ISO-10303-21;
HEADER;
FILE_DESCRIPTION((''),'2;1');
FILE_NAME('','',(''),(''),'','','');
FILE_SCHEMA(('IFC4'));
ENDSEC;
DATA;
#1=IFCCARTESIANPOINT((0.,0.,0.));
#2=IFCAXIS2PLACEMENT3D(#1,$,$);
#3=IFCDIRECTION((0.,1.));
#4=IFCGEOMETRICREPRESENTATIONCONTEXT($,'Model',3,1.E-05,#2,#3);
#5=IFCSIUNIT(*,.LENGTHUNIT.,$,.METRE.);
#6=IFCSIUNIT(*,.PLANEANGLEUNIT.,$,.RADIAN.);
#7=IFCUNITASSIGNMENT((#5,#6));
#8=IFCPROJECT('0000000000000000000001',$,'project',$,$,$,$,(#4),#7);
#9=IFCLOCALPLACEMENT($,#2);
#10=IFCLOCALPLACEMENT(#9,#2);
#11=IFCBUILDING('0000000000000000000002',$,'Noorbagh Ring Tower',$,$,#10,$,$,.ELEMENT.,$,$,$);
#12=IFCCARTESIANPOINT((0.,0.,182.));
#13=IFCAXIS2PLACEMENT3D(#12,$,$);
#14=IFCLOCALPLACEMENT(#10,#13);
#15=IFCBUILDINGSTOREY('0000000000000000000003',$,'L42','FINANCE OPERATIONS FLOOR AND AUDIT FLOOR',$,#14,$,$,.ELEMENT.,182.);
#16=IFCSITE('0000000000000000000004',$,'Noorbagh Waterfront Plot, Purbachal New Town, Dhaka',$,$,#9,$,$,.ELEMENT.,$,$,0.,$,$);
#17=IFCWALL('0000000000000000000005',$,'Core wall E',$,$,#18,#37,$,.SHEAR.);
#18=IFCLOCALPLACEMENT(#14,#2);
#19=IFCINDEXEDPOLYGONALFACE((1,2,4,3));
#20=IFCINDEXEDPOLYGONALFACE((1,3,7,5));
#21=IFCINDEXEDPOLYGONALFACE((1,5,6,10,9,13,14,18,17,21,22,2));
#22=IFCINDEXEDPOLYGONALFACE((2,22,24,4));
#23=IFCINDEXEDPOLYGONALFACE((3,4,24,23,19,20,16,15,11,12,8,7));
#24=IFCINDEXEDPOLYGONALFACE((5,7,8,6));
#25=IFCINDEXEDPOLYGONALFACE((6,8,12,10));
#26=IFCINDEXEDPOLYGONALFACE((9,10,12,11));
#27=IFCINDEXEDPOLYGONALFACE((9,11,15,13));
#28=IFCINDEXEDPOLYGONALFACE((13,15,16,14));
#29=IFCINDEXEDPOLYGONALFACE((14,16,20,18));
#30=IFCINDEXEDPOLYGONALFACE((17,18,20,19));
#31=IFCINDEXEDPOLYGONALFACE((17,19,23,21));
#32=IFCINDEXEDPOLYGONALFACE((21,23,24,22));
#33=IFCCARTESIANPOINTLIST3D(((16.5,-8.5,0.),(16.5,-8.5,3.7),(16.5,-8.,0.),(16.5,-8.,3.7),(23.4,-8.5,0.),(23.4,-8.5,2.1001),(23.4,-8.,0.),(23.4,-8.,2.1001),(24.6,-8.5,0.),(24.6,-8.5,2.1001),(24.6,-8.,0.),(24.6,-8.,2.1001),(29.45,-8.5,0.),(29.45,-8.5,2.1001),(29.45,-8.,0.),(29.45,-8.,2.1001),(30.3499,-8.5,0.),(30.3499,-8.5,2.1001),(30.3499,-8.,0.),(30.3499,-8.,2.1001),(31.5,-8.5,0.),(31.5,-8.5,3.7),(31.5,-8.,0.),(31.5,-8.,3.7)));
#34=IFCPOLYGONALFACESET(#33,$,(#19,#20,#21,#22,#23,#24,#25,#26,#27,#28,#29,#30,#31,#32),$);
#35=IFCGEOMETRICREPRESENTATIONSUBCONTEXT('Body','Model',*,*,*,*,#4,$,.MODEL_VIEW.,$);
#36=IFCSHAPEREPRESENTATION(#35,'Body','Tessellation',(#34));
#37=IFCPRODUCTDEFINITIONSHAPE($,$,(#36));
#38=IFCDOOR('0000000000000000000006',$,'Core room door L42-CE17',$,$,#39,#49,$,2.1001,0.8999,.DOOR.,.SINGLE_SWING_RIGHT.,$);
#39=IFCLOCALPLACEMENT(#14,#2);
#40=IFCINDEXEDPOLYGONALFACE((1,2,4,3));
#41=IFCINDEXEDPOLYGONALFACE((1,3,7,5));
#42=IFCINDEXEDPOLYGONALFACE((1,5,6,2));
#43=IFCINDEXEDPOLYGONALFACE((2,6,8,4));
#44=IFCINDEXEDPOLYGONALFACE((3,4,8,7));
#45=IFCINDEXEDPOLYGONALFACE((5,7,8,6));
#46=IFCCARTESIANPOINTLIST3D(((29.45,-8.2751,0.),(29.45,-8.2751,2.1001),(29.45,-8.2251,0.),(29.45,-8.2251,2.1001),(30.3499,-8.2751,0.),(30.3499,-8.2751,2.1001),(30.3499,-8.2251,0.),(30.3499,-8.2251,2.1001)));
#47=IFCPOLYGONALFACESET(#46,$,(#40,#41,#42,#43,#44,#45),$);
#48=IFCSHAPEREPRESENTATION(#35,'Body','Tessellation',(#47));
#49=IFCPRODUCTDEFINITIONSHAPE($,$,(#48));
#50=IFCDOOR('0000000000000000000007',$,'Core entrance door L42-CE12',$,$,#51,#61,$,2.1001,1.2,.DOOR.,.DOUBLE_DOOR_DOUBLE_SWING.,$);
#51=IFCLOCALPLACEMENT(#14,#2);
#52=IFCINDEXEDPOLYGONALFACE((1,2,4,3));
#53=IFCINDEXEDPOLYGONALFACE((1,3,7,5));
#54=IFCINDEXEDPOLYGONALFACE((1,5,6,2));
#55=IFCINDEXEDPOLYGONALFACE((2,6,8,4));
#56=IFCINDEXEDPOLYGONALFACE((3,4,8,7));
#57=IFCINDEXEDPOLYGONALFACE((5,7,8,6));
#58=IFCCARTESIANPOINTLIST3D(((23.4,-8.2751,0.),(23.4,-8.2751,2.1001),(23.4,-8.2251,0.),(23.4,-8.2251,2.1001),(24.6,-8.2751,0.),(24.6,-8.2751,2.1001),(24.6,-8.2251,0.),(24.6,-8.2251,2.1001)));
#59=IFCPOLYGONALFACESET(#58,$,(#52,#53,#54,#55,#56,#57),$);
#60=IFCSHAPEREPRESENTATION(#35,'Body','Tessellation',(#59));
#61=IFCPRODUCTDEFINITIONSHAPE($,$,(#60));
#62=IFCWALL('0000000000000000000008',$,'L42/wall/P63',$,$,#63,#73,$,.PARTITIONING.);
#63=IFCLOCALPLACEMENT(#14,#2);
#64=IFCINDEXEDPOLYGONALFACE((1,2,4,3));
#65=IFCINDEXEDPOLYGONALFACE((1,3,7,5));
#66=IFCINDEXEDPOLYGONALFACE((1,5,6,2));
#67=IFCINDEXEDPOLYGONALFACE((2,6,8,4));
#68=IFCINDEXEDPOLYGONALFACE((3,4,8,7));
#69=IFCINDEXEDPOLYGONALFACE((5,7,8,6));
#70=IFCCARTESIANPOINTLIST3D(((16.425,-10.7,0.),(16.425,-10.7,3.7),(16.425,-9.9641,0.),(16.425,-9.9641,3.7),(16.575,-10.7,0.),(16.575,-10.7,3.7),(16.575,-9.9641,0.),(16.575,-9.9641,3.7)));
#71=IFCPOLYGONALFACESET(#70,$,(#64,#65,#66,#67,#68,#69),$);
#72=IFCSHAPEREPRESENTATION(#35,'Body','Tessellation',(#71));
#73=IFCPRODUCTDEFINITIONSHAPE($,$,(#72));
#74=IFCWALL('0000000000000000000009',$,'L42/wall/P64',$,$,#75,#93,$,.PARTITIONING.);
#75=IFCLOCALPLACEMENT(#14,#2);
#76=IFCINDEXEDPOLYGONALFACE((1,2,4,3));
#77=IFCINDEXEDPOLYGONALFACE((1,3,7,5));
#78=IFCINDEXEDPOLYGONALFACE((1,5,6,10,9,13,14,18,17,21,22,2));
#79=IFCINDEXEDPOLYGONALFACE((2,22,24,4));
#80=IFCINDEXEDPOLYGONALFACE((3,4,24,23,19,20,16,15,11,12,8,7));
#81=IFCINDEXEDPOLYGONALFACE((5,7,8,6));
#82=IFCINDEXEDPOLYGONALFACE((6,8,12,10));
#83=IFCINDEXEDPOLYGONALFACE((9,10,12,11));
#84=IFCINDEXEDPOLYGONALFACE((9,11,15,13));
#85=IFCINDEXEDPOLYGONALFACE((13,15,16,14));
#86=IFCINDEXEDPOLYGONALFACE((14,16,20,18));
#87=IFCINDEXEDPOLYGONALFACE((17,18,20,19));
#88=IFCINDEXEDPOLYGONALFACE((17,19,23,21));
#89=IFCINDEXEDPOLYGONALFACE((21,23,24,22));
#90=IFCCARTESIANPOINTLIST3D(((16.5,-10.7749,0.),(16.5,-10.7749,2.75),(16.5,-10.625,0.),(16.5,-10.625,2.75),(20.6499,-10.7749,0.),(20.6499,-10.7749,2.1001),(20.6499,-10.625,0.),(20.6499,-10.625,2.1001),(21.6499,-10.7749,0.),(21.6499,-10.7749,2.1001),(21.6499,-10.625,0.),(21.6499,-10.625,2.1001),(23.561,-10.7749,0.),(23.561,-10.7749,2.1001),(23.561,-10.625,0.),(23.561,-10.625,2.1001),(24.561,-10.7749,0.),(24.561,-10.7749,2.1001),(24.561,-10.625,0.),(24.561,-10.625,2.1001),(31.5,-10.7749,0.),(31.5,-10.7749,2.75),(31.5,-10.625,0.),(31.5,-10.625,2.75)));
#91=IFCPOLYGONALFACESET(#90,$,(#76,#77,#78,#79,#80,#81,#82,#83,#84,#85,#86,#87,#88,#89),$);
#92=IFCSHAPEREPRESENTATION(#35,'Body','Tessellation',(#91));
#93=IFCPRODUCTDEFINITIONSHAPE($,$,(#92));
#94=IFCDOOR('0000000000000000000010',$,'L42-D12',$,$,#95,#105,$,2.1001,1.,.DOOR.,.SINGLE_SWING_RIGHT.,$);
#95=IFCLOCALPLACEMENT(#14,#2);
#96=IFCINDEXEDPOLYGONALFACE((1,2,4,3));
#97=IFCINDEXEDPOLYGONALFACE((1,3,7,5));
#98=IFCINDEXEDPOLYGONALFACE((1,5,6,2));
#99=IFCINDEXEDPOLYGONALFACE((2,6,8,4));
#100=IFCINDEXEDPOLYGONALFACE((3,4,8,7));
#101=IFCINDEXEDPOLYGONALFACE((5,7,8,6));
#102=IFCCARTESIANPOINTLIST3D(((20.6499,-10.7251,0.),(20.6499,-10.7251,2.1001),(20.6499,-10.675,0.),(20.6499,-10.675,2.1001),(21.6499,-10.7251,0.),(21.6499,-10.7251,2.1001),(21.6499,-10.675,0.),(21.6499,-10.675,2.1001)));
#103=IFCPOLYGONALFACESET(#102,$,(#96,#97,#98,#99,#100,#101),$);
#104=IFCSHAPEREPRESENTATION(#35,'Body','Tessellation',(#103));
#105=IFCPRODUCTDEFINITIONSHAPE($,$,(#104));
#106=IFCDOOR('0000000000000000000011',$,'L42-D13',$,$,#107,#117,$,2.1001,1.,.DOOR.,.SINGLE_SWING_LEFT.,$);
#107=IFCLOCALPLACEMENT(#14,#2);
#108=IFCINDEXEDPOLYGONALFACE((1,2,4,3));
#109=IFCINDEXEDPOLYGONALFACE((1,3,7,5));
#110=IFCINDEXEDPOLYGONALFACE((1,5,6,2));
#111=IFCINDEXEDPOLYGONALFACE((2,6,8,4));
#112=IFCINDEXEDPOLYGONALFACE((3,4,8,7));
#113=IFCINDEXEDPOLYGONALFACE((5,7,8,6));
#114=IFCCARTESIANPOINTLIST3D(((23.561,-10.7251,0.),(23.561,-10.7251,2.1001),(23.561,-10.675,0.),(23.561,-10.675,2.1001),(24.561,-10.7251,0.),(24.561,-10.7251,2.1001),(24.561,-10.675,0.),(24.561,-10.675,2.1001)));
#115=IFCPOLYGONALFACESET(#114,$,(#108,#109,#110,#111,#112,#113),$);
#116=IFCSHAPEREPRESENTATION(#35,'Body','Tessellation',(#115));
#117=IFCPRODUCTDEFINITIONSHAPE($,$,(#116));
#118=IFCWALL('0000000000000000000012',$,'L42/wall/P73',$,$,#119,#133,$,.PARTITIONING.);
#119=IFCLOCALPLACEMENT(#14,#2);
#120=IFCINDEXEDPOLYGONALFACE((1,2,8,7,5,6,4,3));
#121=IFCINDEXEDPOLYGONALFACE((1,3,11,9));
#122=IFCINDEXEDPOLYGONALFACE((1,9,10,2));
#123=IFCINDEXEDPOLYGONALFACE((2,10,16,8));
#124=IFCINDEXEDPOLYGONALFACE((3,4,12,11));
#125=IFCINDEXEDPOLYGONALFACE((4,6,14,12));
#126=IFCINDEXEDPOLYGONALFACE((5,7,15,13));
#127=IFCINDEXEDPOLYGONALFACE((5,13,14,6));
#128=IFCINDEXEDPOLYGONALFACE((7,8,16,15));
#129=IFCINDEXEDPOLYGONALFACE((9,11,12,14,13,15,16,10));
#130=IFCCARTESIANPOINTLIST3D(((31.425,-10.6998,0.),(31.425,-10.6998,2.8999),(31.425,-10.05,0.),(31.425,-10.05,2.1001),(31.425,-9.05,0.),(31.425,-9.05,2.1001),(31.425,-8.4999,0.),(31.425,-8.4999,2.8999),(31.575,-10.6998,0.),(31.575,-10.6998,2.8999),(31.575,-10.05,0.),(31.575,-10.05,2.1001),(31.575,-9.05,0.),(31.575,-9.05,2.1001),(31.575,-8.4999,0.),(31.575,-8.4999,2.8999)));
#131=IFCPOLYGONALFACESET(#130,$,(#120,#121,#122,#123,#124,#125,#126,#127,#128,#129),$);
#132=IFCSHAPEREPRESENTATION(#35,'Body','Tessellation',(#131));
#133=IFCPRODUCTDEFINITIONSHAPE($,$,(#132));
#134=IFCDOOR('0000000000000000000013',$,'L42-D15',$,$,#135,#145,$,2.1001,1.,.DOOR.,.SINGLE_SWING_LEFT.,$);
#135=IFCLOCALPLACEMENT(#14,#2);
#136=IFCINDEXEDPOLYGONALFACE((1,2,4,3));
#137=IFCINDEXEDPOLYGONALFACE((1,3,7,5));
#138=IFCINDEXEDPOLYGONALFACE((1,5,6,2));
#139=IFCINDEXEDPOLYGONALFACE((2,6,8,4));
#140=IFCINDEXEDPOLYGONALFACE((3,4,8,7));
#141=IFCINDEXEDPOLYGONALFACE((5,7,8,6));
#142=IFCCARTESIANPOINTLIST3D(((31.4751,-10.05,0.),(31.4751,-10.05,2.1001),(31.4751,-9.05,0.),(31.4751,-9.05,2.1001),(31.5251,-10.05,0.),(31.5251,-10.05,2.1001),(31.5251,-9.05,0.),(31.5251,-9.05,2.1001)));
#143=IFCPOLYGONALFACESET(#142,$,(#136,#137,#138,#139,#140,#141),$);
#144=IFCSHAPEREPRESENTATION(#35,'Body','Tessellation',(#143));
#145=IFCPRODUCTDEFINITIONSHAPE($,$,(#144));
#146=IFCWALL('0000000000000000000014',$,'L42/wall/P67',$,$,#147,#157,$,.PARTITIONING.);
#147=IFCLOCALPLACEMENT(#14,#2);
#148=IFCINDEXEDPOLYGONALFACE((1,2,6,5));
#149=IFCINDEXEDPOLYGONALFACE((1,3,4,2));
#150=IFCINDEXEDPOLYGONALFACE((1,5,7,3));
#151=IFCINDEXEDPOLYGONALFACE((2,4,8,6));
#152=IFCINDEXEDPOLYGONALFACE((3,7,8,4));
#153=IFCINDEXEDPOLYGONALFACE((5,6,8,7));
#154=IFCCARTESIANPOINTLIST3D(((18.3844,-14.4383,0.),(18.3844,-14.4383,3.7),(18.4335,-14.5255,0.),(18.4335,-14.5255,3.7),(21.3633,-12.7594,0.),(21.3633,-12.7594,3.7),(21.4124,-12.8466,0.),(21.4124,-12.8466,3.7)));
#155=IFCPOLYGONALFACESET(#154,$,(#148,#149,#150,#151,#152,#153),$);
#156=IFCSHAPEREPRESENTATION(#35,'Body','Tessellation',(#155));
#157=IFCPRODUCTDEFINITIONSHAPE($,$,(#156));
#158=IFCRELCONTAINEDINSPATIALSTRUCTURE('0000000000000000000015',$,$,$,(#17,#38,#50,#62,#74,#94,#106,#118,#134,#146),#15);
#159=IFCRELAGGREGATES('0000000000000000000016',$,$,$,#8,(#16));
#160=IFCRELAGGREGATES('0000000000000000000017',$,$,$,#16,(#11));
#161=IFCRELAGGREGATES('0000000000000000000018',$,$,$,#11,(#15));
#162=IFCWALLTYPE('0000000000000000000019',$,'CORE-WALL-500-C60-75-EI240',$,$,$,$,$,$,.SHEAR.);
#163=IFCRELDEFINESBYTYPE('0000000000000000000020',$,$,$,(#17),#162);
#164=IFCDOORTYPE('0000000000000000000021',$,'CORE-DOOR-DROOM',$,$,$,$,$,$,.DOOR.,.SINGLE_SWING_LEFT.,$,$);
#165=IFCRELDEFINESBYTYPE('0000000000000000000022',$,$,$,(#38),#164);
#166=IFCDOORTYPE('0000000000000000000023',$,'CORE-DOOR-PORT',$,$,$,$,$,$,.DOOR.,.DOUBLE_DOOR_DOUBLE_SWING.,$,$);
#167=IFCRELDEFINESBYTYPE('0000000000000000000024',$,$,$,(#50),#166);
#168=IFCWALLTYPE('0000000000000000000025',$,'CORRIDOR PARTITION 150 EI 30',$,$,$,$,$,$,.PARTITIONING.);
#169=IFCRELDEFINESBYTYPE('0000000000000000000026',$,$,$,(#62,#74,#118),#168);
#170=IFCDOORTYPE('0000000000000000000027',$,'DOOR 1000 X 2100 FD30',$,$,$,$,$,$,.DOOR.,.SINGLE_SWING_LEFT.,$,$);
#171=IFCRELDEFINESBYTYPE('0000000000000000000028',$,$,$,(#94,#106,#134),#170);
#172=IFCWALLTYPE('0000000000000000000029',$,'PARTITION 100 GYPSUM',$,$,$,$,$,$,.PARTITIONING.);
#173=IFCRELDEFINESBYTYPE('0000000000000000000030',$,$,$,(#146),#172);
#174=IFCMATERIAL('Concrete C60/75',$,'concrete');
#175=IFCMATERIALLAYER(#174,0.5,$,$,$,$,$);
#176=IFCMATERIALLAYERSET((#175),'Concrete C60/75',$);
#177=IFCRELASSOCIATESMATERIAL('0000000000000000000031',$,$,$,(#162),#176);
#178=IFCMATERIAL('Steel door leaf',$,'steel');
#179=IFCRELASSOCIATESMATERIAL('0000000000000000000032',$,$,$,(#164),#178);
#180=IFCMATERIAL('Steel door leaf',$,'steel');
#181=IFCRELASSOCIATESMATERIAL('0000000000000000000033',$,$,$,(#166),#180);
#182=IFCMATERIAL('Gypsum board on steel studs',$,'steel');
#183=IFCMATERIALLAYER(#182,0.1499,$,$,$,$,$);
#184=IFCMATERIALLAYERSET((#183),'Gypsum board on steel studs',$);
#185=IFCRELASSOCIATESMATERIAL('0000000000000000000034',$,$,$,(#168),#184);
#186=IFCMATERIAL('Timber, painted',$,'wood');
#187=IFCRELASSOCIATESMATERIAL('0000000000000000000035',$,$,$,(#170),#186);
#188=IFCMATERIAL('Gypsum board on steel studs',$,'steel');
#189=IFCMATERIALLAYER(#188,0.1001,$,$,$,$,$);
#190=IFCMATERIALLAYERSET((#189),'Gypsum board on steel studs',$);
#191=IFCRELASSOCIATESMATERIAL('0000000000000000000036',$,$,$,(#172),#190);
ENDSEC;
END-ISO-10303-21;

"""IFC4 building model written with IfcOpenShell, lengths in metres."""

from ifc_helpers import new_model, si_unit, direction, frame, frame_2d, origin, place, context, subcontext, project, spatial, rectangle, extrude, material, layer, layer_set, type_object, element, fill, save


model = new_model("IFC4")

# Units and contexts
model_context = context("Model", 3, precision=1e-05, world=origin(), true_north=direction((0.0, 1.0)))
body_context = subcontext(model_context, "Body", "Model", "MODEL_VIEW")
ifc_project = project(units=[si_unit("LENGTHUNIT", "METRE"), si_unit("PLANEANGLEUNIT", "RADIAN")], contexts=[model_context])

# Site, building, storey
site_placement = place(None, origin())
site = spatial("IfcSite", under=ifc_project, at=site_placement, Name="Noorbagh Waterfront Plot, Purbachal New Town, Dhaka", CompositionType="ELEMENT", RefElevation=0.0)
building_placement = place(site_placement, origin())
building = spatial("IfcBuilding", under=site, at=building_placement, Name="Noorbagh Ring Tower", CompositionType="ELEMENT")
storey_placement = place(building_placement, frame((0.0, 0.0, 182.0)))
storey = spatial("IfcBuildingStorey", under=building, at=storey_placement, Name="L42", Description="FINANCE OPERATIONS FLOOR AND AUDIT FLOOR", CompositionType="ELEMENT", Elevation=182.0)

# Wall, openings, doors
ifc_material_1 = material(Name="Concrete C60/75", Category="concrete")
ifc_layer_1 = layer(ifc_material_1, 0.5)
ifc_layer_set_1 = layer_set([ifc_layer_1], Name="Concrete C60/75")
wall_type_1 = type_object("IfcWallType", Name="CORE-WALL-500-C60-75-EI240", PredefinedType="SHEAR", material=ifc_layer_set_1)
wall_1_placement = place(storey_placement, frame((16.5, -8.25, 0.0), z_axis=(0.0, 0.0, 1.0), x_axis=(1.0, 0.0, 0.0)))
wall_1 = element("IfcWall", 1, at=wall_1_placement, inside=storey, type_object=wall_type_1, Name="Core wall E", PredefinedType="SHEAR", context=body_context, shape_type="SweptSolid", body=[
    extrude(rectangle(XDim=15.0, YDim=0.5, at=frame_2d((7.5, 0.0))), origin(), (0.0, 0.0, 1.0), 3.7),
])
opening_1_placement = place(wall_1_placement, frame((6.8999, 0.0, 0.0)))
opening_1 = element("IfcOpeningElement", 2, at=opening_1_placement, cuts=wall_1, PredefinedType="OPENING", context=body_context, shape_type="SweptSolid", body=[
    extrude(rectangle(XDim=1.2, YDim=2.1001, at=frame_2d((0.6001, 1.05))), frame((0.0, 0.26, 0.0), z_axis=(0.0, -1.0, 0.0), x_axis=(1.0, 0.0, 0.0)), (0.0, 0.0, 1.0), 0.52),
])
opening_2_placement = place(wall_1_placement, frame((12.95, 0.0, 0.0)))
opening_2 = element("IfcOpeningElement", 3, at=opening_2_placement, cuts=wall_1, PredefinedType="OPENING", context=body_context, shape_type="SweptSolid", body=[
    extrude(rectangle(XDim=0.8999, YDim=2.1001, at=frame_2d((0.45, 1.05))), frame((0.0, 0.26, 0.0), z_axis=(0.0, -1.0, 0.0), x_axis=(1.0, 0.0, 0.0)), (0.0, 0.0, 1.0), 0.52),
])
ifc_material_2 = material(Name="Steel door leaf", Category="steel")
door_type_1 = type_object("IfcDoorType", Name="CORE-DOOR-DROOM", OperationType="SINGLE_SWING_LEFT", PredefinedType="DOOR", material=ifc_material_2)
door_1_placement = place(opening_2_placement, origin())
door_1 = element("IfcDoor", 4, at=door_1_placement, inside=storey, type_object=door_type_1, Name="Core room door L42-CE17", OperationType="SINGLE_SWING_RIGHT", OverallHeight=2.1001, OverallWidth=0.8999, PredefinedType="DOOR", context=body_context, shape_type="SweptSolid", body=[
    extrude(rectangle(XDim=0.8999, YDim=2.1001, at=frame_2d((0.45, 1.05))), frame((0.0, 0.0249, 0.0), z_axis=(0.0, -1.0, 0.0), x_axis=(1.0, 0.0, 0.0)), (0.0, 0.0, 1.0), 0.05),
])
fill(opening_2, door_1)
ifc_material_3 = material(Name="Steel door leaf", Category="steel")
door_type_2 = type_object("IfcDoorType", Name="CORE-DOOR-PORT", OperationType="DOUBLE_DOOR_DOUBLE_SWING", PredefinedType="DOOR", material=ifc_material_3)
door_2_placement = place(opening_1_placement, origin())
door_2 = element("IfcDoor", 5, at=door_2_placement, inside=storey, type_object=door_type_2, Name="Core entrance door L42-CE12", OperationType="DOUBLE_DOOR_DOUBLE_SWING", OverallHeight=2.1001, OverallWidth=1.2, PredefinedType="DOOR", context=body_context, shape_type="SweptSolid", body=[
    extrude(rectangle(XDim=1.2, YDim=2.1001, at=frame_2d((0.6001, 1.05))), frame((0.0, 0.0249, 0.0), z_axis=(0.0, -1.0, 0.0), x_axis=(1.0, 0.0, 0.0)), (0.0, 0.0, 1.0), 0.05),
])
fill(opening_1, door_2)

# Wall
ifc_material_4 = material(Name="Gypsum board on steel studs", Category="steel")
ifc_layer_2 = layer(ifc_material_4, 0.1499)
ifc_layer_set_2 = layer_set([ifc_layer_2], Name="Gypsum board on steel studs")
wall_type_2 = type_object("IfcWallType", Name="CORRIDOR PARTITION 150 EI 30", PredefinedType="PARTITIONING", material=ifc_layer_set_2)
wall_2_placement = place(storey_placement, frame((16.5, -10.7, 0.0), z_axis=(0.0, 0.0, 1.0), x_axis=(0.0, 1.0, 0.0)))
element("IfcWall", 6, at=wall_2_placement, inside=storey, type_object=wall_type_2, Name="L42/wall/P63", PredefinedType="PARTITIONING", context=body_context, shape_type="SweptSolid", body=[
    extrude(rectangle(XDim=0.7358, YDim=0.1499, at=frame_2d((0.3679, 0.0))), origin(), (0.0, 0.0, 1.0), 3.7),
])

# Wall, openings, doors
wall_3_placement = place(storey_placement, frame((16.5, -10.7, 0.0), z_axis=(0.0, 0.0, 1.0), x_axis=(1.0, 0.0, 0.0)))
wall_3 = element("IfcWall", 7, at=wall_3_placement, inside=storey, type_object=wall_type_2, Name="L42/wall/P64", PredefinedType="PARTITIONING", context=body_context, shape_type="SweptSolid", body=[
    extrude(rectangle(XDim=15.0, YDim=0.1499, at=frame_2d((7.5, 0.0))), origin(), (0.0, 0.0, 1.0), 2.75),
])
opening_3_placement = place(wall_3_placement, frame((4.1499, 0.0, 0.0)))
opening_3 = element("IfcOpeningElement", 8, at=opening_3_placement, cuts=wall_3, PredefinedType="OPENING", context=body_context, shape_type="SweptSolid", body=[
    extrude(rectangle(XDim=1.0, YDim=2.1001, at=frame_2d((0.5, 1.05))), frame((0.0, 0.085, 0.0), z_axis=(0.0, -1.0, 0.0), x_axis=(1.0, 0.0, 0.0)), (0.0, 0.0, 1.0), 0.1699),
])
opening_4_placement = place(wall_3_placement, frame((7.061, 0.0, 0.0)))
opening_4 = element("IfcOpeningElement", 9, at=opening_4_placement, cuts=wall_3, PredefinedType="OPENING", context=body_context, shape_type="SweptSolid", body=[
    extrude(rectangle(XDim=1.0, YDim=2.1001, at=frame_2d((0.5, 1.05))), frame((0.0, 0.085, 0.0), z_axis=(0.0, -1.0, 0.0), x_axis=(1.0, 0.0, 0.0)), (0.0, 0.0, 1.0), 0.1699),
])
ifc_material_5 = material(Name="Timber, painted", Category="wood")
door_type_3 = type_object("IfcDoorType", Name="DOOR 1000 X 2100 FD30", OperationType="SINGLE_SWING_LEFT", PredefinedType="DOOR", material=ifc_material_5)
door_3_placement = place(opening_3_placement, origin())
door_3 = element("IfcDoor", 10, at=door_3_placement, inside=storey, type_object=door_type_3, Name="L42-D12", OperationType="SINGLE_SWING_RIGHT", OverallHeight=2.1001, OverallWidth=1.0, PredefinedType="DOOR", context=body_context, shape_type="SweptSolid", body=[
    extrude(rectangle(XDim=1.0, YDim=2.1001, at=frame_2d((0.5, 1.05))), frame((0.0, 0.0249, 0.0), z_axis=(0.0, -1.0, 0.0), x_axis=(1.0, 0.0, 0.0)), (0.0, 0.0, 1.0), 0.05),
])
fill(opening_3, door_3)
door_4_placement = place(opening_4_placement, origin())
door_4 = element("IfcDoor", 11, at=door_4_placement, inside=storey, type_object=door_type_3, Name="L42-D13", OperationType="SINGLE_SWING_LEFT", OverallHeight=2.1001, OverallWidth=1.0, PredefinedType="DOOR", context=body_context, shape_type="SweptSolid", body=[
    extrude(rectangle(XDim=1.0, YDim=2.1001, at=frame_2d((0.5, 1.05))), frame((0.0, 0.0249, 0.0), z_axis=(0.0, -1.0, 0.0), x_axis=(1.0, 0.0, 0.0)), (0.0, 0.0, 1.0), 0.05),
])
fill(opening_4, door_4)

# Wall, opening, door
wall_4_placement = place(storey_placement, frame((31.5, -10.7, 0.0), z_axis=(0.0, 0.0, 1.0), x_axis=(0.0, 1.0, 0.0)))
wall_4 = element("IfcWall", 12, at=wall_4_placement, inside=storey, type_object=wall_type_2, Name="L42/wall/P73", PredefinedType="PARTITIONING", context=body_context, shape_type="SweptSolid", body=[
    extrude(rectangle(XDim=2.2, YDim=0.1499, at=frame_2d((1.1001, 0.0))), origin(), (0.0, 0.0, 1.0), 2.8999),
])
opening_5_placement = place(wall_4_placement, frame((0.6499, 0.0, 0.0)))
opening_5 = element("IfcOpeningElement", 13, at=opening_5_placement, cuts=wall_4, PredefinedType="OPENING", context=body_context, shape_type="SweptSolid", body=[
    extrude(rectangle(XDim=1.0, YDim=2.1001, at=frame_2d((0.5, 1.05))), frame((0.0, 0.085, 0.0), z_axis=(0.0, -1.0, 0.0), x_axis=(1.0, 0.0, 0.0)), (0.0, 0.0, 1.0), 0.1699),
])
door_5_placement = place(opening_5_placement, origin())
door_5 = element("IfcDoor", 14, at=door_5_placement, inside=storey, type_object=door_type_3, Name="L42-D15", OperationType="SINGLE_SWING_LEFT", OverallHeight=2.1001, OverallWidth=1.0, PredefinedType="DOOR", context=body_context, shape_type="SweptSolid", body=[
    extrude(rectangle(XDim=1.0, YDim=2.1001, at=frame_2d((0.5, 1.05))), frame((0.0, 0.0249, 0.0), z_axis=(0.0, -1.0, 0.0), x_axis=(1.0, 0.0, 0.0)), (0.0, 0.0, 1.0), 0.05),
])
fill(opening_5, door_5)

# Wall
ifc_material_6 = material(Name="Gypsum board on steel studs", Category="steel")
ifc_layer_3 = layer(ifc_material_6, 0.1001)
ifc_layer_set_3 = layer_set([ifc_layer_3], Name="Gypsum board on steel studs")
wall_type_3 = type_object("IfcWallType", Name="PARTITION 100 GYPSUM", PredefinedType="PARTITIONING", material=ifc_layer_set_3)
wall_5_placement = place(storey_placement, frame((18.4089, -14.4819, 0.0), z_axis=(0.0, 0.0, 1.0), x_axis=(0.871167, 0.490986, 0.0)))
element("IfcWall", 15, at=wall_5_placement, inside=storey, type_object=wall_type_3, Name="L42/wall/P67", PredefinedType="PARTITIONING", context=body_context, shape_type="SweptSolid", body=[
    extrude(rectangle(XDim=3.4194, YDim=0.1001, at=frame_2d((1.7097, 0.0))), origin(), (0.0, 0.0, 1.0), 3.7),
])

save(model, "model.ifc")
